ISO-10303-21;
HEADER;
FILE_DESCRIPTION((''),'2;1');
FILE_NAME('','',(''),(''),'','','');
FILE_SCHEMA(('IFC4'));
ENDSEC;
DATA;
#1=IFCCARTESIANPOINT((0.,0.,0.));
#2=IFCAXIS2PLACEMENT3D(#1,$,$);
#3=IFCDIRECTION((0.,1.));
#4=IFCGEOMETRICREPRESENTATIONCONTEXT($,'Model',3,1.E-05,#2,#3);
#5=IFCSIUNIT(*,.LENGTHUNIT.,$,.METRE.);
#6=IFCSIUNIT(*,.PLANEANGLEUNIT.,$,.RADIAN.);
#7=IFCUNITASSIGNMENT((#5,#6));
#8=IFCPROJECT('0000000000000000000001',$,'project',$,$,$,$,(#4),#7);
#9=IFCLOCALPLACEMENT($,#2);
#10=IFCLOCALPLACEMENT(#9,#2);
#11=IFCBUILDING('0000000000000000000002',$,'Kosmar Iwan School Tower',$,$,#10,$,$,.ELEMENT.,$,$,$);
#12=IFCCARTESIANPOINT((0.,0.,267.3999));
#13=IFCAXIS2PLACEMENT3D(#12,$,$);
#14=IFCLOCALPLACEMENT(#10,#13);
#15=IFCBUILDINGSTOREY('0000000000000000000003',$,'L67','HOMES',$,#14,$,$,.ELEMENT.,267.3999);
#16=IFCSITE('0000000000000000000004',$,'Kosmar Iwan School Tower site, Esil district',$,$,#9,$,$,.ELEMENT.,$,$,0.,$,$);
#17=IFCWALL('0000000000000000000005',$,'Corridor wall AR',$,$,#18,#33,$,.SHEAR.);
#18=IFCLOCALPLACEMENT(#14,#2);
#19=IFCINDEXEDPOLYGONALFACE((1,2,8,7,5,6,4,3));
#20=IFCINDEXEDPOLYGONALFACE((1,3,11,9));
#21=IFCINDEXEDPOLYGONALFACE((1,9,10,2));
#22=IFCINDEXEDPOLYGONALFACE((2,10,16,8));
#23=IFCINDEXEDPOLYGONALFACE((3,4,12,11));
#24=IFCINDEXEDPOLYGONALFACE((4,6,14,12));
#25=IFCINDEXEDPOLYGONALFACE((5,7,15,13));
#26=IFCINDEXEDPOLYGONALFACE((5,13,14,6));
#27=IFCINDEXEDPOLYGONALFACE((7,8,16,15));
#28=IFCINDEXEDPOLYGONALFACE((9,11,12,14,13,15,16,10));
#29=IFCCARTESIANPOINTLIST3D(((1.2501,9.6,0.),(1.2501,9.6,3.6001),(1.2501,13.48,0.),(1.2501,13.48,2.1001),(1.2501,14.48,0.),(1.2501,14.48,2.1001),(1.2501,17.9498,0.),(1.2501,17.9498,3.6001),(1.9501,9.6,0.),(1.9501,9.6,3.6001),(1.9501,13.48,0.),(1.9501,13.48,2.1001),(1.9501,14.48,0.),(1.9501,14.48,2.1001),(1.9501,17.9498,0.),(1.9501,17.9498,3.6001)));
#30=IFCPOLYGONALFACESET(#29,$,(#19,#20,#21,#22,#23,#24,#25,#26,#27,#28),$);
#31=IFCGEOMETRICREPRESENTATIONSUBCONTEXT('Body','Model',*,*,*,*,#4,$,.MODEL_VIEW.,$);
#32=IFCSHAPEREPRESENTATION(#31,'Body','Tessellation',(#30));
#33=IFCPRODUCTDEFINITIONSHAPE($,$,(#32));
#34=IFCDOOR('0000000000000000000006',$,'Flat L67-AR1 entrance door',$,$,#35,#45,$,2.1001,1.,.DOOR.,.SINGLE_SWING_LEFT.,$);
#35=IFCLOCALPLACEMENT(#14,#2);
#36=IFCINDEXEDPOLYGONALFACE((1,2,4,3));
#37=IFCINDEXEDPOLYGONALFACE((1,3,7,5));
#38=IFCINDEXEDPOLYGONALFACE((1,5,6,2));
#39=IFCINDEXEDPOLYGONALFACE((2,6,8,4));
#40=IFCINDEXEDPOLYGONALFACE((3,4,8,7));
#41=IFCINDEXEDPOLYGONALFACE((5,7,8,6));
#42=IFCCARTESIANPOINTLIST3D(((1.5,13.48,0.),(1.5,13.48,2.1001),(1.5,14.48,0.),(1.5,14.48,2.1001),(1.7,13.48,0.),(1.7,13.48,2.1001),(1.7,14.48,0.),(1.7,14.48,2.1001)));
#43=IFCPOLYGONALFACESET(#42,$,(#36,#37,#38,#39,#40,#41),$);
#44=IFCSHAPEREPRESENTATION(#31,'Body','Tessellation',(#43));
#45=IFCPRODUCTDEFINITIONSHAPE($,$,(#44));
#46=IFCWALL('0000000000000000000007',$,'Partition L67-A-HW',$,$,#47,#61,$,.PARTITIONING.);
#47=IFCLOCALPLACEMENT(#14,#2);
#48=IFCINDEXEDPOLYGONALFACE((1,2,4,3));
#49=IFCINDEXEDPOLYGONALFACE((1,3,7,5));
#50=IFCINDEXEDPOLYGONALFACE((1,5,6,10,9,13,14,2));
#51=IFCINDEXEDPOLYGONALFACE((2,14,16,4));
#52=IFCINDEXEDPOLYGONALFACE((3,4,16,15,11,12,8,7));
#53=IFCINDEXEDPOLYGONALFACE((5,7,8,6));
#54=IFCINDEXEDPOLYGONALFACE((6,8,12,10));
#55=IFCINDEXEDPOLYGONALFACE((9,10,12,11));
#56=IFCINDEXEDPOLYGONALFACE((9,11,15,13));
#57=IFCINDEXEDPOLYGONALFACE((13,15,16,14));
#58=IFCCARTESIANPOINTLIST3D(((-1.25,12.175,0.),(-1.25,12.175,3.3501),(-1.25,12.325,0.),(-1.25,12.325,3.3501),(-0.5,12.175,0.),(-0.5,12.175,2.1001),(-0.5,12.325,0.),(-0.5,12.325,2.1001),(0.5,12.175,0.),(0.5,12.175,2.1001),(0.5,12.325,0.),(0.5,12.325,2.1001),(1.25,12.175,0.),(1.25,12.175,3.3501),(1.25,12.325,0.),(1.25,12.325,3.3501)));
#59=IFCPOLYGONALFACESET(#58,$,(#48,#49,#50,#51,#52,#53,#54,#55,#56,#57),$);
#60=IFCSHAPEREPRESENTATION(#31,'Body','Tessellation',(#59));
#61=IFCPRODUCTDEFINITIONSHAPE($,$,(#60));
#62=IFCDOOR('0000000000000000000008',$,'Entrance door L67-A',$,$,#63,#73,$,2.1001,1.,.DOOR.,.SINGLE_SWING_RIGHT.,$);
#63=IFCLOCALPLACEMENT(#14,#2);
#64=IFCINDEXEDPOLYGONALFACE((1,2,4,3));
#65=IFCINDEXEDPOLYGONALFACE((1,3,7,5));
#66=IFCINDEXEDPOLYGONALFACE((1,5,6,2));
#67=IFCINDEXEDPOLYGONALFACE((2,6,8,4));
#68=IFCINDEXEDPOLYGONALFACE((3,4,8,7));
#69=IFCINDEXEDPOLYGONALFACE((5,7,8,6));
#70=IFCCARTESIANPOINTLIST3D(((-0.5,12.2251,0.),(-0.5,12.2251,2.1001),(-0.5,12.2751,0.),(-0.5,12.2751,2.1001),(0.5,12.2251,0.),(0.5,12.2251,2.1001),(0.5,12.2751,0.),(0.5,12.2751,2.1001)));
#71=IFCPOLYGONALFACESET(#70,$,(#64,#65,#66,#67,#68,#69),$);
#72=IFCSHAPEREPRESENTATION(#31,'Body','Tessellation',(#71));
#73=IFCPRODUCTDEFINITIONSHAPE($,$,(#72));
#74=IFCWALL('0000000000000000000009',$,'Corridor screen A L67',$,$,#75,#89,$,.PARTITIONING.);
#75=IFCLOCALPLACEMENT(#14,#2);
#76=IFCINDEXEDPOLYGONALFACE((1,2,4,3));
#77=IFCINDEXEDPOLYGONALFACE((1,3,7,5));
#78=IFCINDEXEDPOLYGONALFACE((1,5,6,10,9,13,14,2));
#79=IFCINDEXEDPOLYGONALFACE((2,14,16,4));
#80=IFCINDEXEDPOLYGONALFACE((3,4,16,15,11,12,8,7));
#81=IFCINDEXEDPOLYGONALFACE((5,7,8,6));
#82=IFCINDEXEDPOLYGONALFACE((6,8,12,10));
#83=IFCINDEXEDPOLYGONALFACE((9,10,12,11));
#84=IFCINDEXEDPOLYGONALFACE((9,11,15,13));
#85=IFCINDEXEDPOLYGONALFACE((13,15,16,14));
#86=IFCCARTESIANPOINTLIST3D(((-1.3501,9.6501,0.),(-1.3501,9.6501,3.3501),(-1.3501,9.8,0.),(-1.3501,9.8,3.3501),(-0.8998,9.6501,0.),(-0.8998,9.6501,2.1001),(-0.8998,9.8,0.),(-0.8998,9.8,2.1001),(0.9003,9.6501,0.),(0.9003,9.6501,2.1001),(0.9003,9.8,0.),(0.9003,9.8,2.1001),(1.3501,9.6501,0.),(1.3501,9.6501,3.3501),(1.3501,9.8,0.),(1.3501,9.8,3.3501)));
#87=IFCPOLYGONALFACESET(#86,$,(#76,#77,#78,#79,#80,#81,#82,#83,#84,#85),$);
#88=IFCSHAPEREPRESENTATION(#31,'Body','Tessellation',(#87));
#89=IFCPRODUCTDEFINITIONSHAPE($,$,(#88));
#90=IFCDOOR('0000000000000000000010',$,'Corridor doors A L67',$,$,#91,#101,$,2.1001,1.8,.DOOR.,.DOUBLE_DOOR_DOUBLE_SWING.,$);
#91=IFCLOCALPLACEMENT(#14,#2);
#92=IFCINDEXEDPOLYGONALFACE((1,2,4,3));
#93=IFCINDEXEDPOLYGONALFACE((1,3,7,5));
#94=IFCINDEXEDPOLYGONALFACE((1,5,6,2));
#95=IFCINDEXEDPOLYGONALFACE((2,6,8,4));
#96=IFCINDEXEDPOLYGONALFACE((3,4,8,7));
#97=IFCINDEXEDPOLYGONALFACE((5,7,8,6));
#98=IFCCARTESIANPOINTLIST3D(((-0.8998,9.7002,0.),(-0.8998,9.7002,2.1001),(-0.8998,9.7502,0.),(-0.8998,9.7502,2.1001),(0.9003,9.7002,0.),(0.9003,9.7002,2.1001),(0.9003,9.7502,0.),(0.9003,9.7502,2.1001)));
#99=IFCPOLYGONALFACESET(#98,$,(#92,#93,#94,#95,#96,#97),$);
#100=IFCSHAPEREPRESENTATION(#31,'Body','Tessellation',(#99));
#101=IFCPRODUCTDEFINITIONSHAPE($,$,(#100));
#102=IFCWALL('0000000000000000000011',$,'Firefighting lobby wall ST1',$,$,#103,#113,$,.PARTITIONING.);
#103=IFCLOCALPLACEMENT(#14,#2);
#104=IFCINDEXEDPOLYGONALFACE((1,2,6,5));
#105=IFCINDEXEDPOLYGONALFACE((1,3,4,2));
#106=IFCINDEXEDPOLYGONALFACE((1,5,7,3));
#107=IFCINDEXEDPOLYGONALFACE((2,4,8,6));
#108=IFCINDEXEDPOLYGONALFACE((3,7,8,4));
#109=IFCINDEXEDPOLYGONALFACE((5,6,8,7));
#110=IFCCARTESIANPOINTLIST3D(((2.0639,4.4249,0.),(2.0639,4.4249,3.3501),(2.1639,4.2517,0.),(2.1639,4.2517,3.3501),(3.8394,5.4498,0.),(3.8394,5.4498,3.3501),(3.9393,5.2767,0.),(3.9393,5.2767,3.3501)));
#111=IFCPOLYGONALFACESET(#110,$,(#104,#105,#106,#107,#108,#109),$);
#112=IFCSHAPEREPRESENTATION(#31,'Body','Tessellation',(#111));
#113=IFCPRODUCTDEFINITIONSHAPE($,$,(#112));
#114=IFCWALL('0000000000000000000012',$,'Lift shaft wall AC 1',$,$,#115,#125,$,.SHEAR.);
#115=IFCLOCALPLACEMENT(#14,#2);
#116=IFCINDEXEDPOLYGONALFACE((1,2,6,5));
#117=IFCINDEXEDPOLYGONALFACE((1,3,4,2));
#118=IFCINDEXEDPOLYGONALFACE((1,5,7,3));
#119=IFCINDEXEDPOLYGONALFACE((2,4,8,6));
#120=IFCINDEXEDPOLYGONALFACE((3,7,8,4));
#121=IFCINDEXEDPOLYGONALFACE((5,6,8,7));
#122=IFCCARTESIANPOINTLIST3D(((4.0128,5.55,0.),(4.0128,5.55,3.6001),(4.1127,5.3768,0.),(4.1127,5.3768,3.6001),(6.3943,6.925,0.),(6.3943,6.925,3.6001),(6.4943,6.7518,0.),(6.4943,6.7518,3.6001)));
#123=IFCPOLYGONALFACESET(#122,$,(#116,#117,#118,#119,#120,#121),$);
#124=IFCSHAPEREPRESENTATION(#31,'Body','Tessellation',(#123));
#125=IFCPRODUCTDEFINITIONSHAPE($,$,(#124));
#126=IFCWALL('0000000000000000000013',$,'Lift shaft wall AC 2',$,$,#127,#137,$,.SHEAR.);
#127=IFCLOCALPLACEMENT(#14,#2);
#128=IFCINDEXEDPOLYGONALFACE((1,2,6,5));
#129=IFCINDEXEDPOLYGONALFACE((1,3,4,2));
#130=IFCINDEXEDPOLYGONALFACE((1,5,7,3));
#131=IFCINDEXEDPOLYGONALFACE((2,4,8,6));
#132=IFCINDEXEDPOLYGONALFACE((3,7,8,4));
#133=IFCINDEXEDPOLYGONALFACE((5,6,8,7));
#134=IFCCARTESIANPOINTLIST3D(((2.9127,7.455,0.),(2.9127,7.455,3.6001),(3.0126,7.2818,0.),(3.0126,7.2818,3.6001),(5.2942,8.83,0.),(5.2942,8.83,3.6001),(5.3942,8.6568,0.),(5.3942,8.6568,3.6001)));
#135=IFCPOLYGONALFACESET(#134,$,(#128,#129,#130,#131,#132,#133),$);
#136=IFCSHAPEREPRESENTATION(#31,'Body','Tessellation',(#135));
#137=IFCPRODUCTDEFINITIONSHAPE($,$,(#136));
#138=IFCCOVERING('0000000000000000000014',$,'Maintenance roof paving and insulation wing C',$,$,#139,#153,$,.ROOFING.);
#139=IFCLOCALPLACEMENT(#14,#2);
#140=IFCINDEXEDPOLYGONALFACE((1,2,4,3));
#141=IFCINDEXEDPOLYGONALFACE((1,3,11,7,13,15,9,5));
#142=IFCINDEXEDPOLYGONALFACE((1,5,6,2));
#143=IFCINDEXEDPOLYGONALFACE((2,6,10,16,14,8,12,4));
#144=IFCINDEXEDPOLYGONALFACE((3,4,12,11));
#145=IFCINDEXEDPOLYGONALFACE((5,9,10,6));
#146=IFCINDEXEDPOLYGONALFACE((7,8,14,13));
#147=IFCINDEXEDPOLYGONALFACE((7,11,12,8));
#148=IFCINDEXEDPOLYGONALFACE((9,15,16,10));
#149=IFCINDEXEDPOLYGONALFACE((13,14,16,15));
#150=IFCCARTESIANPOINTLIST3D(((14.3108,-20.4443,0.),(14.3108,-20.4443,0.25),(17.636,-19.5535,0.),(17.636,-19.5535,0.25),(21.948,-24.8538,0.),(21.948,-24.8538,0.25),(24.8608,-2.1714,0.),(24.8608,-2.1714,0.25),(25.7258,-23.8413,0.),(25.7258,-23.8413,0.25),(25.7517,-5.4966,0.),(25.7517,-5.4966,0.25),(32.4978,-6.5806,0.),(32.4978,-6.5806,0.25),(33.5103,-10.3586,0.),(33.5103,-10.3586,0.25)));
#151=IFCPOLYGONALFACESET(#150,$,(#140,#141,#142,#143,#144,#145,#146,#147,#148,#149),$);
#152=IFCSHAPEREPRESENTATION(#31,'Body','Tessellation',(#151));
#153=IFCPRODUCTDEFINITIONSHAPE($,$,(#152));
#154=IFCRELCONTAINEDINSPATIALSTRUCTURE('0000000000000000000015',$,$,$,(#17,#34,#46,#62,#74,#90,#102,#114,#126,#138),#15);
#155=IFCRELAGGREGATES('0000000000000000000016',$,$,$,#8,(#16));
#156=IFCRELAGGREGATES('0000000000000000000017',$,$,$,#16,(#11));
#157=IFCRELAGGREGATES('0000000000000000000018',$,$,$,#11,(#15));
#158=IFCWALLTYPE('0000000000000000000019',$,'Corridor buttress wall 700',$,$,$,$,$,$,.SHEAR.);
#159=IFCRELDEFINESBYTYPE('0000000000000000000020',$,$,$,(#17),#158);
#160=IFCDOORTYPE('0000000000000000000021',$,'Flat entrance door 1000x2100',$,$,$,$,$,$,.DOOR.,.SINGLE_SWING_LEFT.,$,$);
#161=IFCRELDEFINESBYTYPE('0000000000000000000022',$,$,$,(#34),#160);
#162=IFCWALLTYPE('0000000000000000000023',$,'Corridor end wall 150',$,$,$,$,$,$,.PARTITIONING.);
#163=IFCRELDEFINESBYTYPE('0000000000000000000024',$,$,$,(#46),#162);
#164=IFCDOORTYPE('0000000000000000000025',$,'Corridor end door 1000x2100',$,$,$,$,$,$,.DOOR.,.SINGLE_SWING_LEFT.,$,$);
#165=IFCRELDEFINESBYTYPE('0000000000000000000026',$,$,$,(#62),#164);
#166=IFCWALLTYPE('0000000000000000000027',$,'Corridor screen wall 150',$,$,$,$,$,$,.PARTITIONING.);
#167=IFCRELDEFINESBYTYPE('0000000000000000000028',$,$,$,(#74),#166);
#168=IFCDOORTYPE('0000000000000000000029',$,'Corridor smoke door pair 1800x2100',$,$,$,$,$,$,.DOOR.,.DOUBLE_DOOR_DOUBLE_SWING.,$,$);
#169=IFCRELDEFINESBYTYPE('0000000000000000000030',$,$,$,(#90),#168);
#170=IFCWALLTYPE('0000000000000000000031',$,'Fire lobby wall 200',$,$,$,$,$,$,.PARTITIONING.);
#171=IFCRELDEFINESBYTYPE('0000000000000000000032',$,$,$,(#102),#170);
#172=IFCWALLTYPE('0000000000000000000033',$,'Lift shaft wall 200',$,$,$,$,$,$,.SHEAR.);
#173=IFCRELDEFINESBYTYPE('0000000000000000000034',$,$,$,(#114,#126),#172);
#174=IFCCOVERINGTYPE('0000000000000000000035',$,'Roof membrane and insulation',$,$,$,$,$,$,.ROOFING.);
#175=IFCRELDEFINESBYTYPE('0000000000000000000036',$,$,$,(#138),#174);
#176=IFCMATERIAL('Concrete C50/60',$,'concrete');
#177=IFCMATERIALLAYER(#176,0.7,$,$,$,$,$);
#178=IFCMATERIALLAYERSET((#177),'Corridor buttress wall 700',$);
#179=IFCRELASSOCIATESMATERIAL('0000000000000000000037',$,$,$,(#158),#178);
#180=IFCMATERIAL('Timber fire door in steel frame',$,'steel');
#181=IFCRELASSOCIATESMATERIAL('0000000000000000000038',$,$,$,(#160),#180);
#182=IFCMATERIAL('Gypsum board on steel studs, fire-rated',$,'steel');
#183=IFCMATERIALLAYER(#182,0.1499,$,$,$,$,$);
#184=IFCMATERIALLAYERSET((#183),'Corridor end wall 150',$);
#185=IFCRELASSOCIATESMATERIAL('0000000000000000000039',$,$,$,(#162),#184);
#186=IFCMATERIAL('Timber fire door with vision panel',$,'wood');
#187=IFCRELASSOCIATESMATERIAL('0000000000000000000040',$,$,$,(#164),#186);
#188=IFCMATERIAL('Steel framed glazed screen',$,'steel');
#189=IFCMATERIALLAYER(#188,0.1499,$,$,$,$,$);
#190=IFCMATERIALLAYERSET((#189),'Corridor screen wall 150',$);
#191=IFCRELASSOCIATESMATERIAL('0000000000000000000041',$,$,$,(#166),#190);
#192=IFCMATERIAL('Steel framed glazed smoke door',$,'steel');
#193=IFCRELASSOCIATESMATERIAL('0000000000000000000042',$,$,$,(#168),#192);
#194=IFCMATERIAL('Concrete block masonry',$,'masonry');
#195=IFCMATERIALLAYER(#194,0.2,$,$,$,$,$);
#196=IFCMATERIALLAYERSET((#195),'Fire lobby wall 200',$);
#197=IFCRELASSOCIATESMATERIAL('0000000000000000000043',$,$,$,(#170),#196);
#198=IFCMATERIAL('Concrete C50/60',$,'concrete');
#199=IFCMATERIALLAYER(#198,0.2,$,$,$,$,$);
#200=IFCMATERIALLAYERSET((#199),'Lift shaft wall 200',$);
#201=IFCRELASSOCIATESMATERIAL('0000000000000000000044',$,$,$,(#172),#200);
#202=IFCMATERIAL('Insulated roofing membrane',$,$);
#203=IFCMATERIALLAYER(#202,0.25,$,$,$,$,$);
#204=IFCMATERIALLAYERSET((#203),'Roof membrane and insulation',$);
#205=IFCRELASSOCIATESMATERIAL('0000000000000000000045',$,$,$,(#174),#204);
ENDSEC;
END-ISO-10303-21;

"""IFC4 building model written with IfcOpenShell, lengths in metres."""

from ifc_helpers import new_model, si_unit, direction, frame, frame_2d, origin, place, context, subcontext, project, spatial, polyline, rectangle, outline, extrude, material, layer, layer_set, type_object, element, fill, save


model = new_model("IFC4")

# Units and contexts
model_context = context("Model", 3, precision=1e-05, world=origin(), true_north=direction((0.0, 1.0)))
body_context = subcontext(model_context, "Body", "Model", "MODEL_VIEW")
ifc_project = project(units=[si_unit("LENGTHUNIT", "METRE"), si_unit("PLANEANGLEUNIT", "RADIAN")], contexts=[model_context])

# Site, building, storey
site_placement = place(None, origin())
site = spatial("IfcSite", under=ifc_project, at=site_placement, Name="Kosmar Iwan School Tower site, Esil district", CompositionType="ELEMENT", RefElevation=0.0)
building_placement = place(site_placement, origin())
building = spatial("IfcBuilding", under=site, at=building_placement, Name="Kosmar Iwan School Tower", CompositionType="ELEMENT")
storey_placement = place(building_placement, frame((0.0, 0.0, 267.3999)))
storey = spatial("IfcBuildingStorey", under=building, at=storey_placement, Name="L67", Description="HOMES", CompositionType="ELEMENT", Elevation=267.3999)

# Walls, openings, doors
ifc_material_1 = material(Name="Concrete C50/60", Category="concrete")
ifc_layer_1 = layer(ifc_material_1, 0.7)
ifc_layer_set_1 = layer_set([ifc_layer_1], Name="Corridor buttress wall 700")
wall_type_1 = type_object("IfcWallType", Name="Corridor buttress wall 700", PredefinedType="SHEAR", material=ifc_layer_set_1)
wall_1_placement = place(storey_placement, frame((1.6001, 9.6001, 0.0), z_axis=(0.0, 0.0, 1.0), x_axis=(0.0, 1.0, 0.0)))
wall_1 = element("IfcWall", 1, at=wall_1_placement, inside=storey, type_object=wall_type_1, Name="Corridor wall AR", PredefinedType="SHEAR", context=body_context, shape_type="SweptSolid", body=[
    extrude(rectangle(XDim=8.3499, YDim=0.7, at=frame_2d((4.1748, 0.0))), origin(), (0.0, 0.0, 1.0), 3.6001),
])
opening_1_placement = place(wall_1_placement, frame((3.8799, 0.0, 0.0)))
opening_1 = element("IfcOpeningElement", 2, at=opening_1_placement, cuts=wall_1, PredefinedType="OPENING", context=body_context, shape_type="SweptSolid", body=[
    extrude(rectangle(XDim=1.0, YDim=2.1001, at=frame_2d((0.5, 1.05))), frame((0.0, 0.3621, 0.0), z_axis=(0.0, -1.0, 0.0), x_axis=(1.0, 0.0, 0.0)), (0.0, 0.0, 1.0), 0.7239),
])
ifc_material_2 = material(Name="Timber fire door in steel frame", Category="steel")
door_type_1 = type_object("IfcDoorType", Name="Flat entrance door 1000x2100", OperationType="SINGLE_SWING_LEFT", PredefinedType="DOOR", material=ifc_material_2)
door_1_placement = place(opening_1_placement, origin())
door_1 = element("IfcDoor", 3, at=door_1_placement, inside=storey, type_object=door_type_1, Name="Flat L67-AR1 entrance door", OperationType="SINGLE_SWING_LEFT", OverallHeight=2.1001, OverallWidth=1.0, PredefinedType="DOOR", context=body_context, shape_type="SweptSolid", body=[
    extrude(rectangle(XDim=1.0, YDim=2.1001, at=frame_2d((0.5, 1.05))), frame((0.0, 0.1001, 0.0), z_axis=(0.0, -1.0, 0.0), x_axis=(1.0, 0.0, 0.0)), (0.0, 0.0, 1.0), 0.2),
])
fill(opening_1, door_1)
ifc_material_3 = material(Name="Gypsum board on steel studs, fire-rated", Category="steel")
ifc_layer_2 = layer(ifc_material_3, 0.1499)
ifc_layer_set_2 = layer_set([ifc_layer_2], Name="Corridor end wall 150")
wall_type_2 = type_object("IfcWallType", Name="Corridor end wall 150", PredefinedType="PARTITIONING", material=ifc_layer_set_2)
wall_2_placement = place(storey_placement, frame((1.25, 12.25, 0.0), z_axis=(0.0, 0.0, 1.0), x_axis=(-1.0, 0.0, 0.0)))
wall_2 = element("IfcWall", 4, at=wall_2_placement, inside=storey, type_object=wall_type_2, Name="Partition L67-A-HW", PredefinedType="PARTITIONING", context=body_context, shape_type="SweptSolid", body=[
    extrude(rectangle(XDim=2.5, YDim=0.1499, at=frame_2d((1.25, 0.0))), origin(), (0.0, 0.0, 1.0), 3.3501),
])
opening_2_placement = place(wall_2_placement, frame((0.75, 0.0, 0.0)))
opening_2 = element("IfcOpeningElement", 5, at=opening_2_placement, cuts=wall_2, PredefinedType="OPENING", context=body_context, shape_type="SweptSolid", body=[
    extrude(rectangle(XDim=1.0, YDim=2.1001, at=frame_2d((0.5, 1.05))), frame((0.0, 0.0869, 0.0), z_axis=(0.0, -1.0, 0.0), x_axis=(1.0, 0.0, 0.0)), (0.0, 0.0, 1.0), 0.1738),
])
ifc_material_4 = material(Name="Timber fire door with vision panel", Category="wood")
door_type_2 = type_object("IfcDoorType", Name="Corridor end door 1000x2100", OperationType="SINGLE_SWING_LEFT", PredefinedType="DOOR", material=ifc_material_4)
door_2_placement = place(opening_2_placement, origin())
door_2 = element("IfcDoor", 6, at=door_2_placement, inside=storey, type_object=door_type_2, Name="Entrance door L67-A", OperationType="SINGLE_SWING_RIGHT", OverallHeight=2.1001, OverallWidth=1.0, PredefinedType="DOOR", context=body_context, shape_type="SweptSolid", body=[
    extrude(rectangle(XDim=1.0, YDim=2.1001, at=frame_2d((0.5, 1.05))), frame((0.0, 0.0249, 0.0), z_axis=(0.0, -1.0, 0.0), x_axis=(1.0, 0.0, 0.0)), (0.0, 0.0, 1.0), 0.05),
])
fill(opening_2, door_2)
ifc_material_5 = material(Name="Steel framed glazed screen", Category="steel")
ifc_layer_3 = layer(ifc_material_5, 0.1499)
ifc_layer_set_3 = layer_set([ifc_layer_3], Name="Corridor screen wall 150")
wall_type_3 = type_object("IfcWallType", Name="Corridor screen wall 150", PredefinedType="PARTITIONING", material=ifc_layer_set_3)
wall_3_placement = place(storey_placement, frame((1.3501, 9.7251, 0.0), z_axis=(0.0, 0.0, 1.0), x_axis=(-1.0, 0.0, 0.0)))
wall_3 = element("IfcWall", 7, at=wall_3_placement, inside=storey, type_object=wall_type_3, Name="Corridor screen A L67", PredefinedType="PARTITIONING", context=body_context, shape_type="SweptSolid", body=[
    extrude(rectangle(XDim=2.7002, YDim=0.1499, at=frame_2d((1.3501, 0.0))), origin(), (0.0, 0.0, 1.0), 3.3501),
])
opening_3_placement = place(wall_3_placement, frame((0.45, 0.0, 0.0)))
opening_3 = element("IfcOpeningElement", 8, at=opening_3_placement, cuts=wall_3, PredefinedType="OPENING", context=body_context, shape_type="SweptSolid", body=[
    extrude(rectangle(XDim=1.8, YDim=2.1001, at=frame_2d((0.8999, 1.05))), frame((0.0, 0.0869, 0.0), z_axis=(0.0, -1.0, 0.0), x_axis=(1.0, 0.0, 0.0)), (0.0, 0.0, 1.0), 0.1738),
])
ifc_material_6 = material(Name="Steel framed glazed smoke door", Category="steel")
door_type_3 = type_object("IfcDoorType", Name="Corridor smoke door pair 1800x2100", OperationType="DOUBLE_DOOR_DOUBLE_SWING", PredefinedType="DOOR", material=ifc_material_6)
door_3_placement = place(opening_3_placement, origin())
door_3 = element("IfcDoor", 9, at=door_3_placement, inside=storey, type_object=door_type_3, Name="Corridor doors A L67", OperationType="DOUBLE_DOOR_DOUBLE_SWING", OverallHeight=2.1001, OverallWidth=1.8, PredefinedType="DOOR", context=body_context, shape_type="SweptSolid", body=[
    extrude(rectangle(XDim=1.8, YDim=2.1001, at=frame_2d((0.8999, 1.05))), frame((0.0, 0.0249, 0.0), z_axis=(0.0, -1.0, 0.0), x_axis=(1.0, 0.0, 0.0)), (0.0, 0.0, 1.0), 0.05),
])
fill(opening_3, door_3)

# Walls
ifc_material_7 = material(Name="Concrete block masonry", Category="masonry")
ifc_layer_4 = layer(ifc_material_7, 0.2)
ifc_layer_set_4 = layer_set([ifc_layer_4], Name="Fire lobby wall 200")
wall_type_4 = type_object("IfcWallType", Name="Fire lobby wall 200", PredefinedType="PARTITIONING", material=ifc_layer_set_4)
wall_4_placement = place(storey_placement, frame((2.114, 4.3384, 0.0), z_axis=(0.0, 0.0, 1.0), x_axis=(0.866051, 0.499956, 0.0)))
element("IfcWall", 10, at=wall_4_placement, inside=storey, type_object=wall_type_4, Name="Firefighting lobby wall ST1", PredefinedType="PARTITIONING", context=body_context, shape_type="SweptSolid", body=[
    extrude(rectangle(XDim=2.05, YDim=0.2, at=frame_2d((1.0249, 0.0))), origin(), (0.0, 0.0, 1.0), 3.3501),
])
ifc_material_8 = material(Name="Concrete C50/60", Category="concrete")
ifc_layer_5 = layer(ifc_material_8, 0.2)
ifc_layer_set_5 = layer_set([ifc_layer_5], Name="Lift shaft wall 200")
wall_type_5 = type_object("IfcWallType", Name="Lift shaft wall 200", PredefinedType="SHEAR", material=ifc_layer_set_5)
for number, where, z_axis, x_axis, name in (
    (11, (4.0627, 5.4634, 0.0), (0.0, 0.0, 1.0), (0.866027, 0.499997, 0.0), "Lift shaft wall AC 1"),
    (12, (2.9626, 7.3684, 0.0), (0.0, 0.0, 1.0), (0.866027, 0.499997, 0.0), "Lift shaft wall AC 2"),
):
    element("IfcWall", number, at=place(storey_placement, frame(where, z_axis=z_axis, x_axis=x_axis)), inside=storey, type_object=wall_type_5, Name=name, PredefinedType="SHEAR", context=body_context, shape_type="SweptSolid", body=[
        extrude(rectangle(XDim=2.75, YDim=0.2, at=frame_2d((1.375, 0.0))), origin(), (0.0, 0.0, 1.0), 3.6001),
    ])

# Covering
ifc_material_9 = material(Name="Insulated roofing membrane")
ifc_layer_6 = layer(ifc_material_9, 0.25)
ifc_layer_set_6 = layer_set([ifc_layer_6], Name="Roof membrane and insulation")
covering_type = type_object("IfcCoveringType", Name="Roof membrane and insulation", PredefinedType="ROOFING", material=ifc_layer_set_6)
covering_placement = place(storey_placement, origin())
element("IfcCovering", 13, at=covering_placement, inside=storey, type_object=covering_type, Name="Maintenance roof paving and insulation wing C", PredefinedType="ROOFING", context=body_context, shape_type="SweptSolid", body=[
    extrude(outline(polyline([(21.948, -24.8538), (25.7258, -23.8413), (33.5103, -10.3586), (32.4978, -6.5806), (24.8608, -2.1714), (25.7517, -5.4966), (17.636, -19.5535), (14.3108, -20.4443), (21.948, -24.8538)])), origin(), (0.0, 0.0, 1.0), 0.25),
])

save(model, "model.ifc")
